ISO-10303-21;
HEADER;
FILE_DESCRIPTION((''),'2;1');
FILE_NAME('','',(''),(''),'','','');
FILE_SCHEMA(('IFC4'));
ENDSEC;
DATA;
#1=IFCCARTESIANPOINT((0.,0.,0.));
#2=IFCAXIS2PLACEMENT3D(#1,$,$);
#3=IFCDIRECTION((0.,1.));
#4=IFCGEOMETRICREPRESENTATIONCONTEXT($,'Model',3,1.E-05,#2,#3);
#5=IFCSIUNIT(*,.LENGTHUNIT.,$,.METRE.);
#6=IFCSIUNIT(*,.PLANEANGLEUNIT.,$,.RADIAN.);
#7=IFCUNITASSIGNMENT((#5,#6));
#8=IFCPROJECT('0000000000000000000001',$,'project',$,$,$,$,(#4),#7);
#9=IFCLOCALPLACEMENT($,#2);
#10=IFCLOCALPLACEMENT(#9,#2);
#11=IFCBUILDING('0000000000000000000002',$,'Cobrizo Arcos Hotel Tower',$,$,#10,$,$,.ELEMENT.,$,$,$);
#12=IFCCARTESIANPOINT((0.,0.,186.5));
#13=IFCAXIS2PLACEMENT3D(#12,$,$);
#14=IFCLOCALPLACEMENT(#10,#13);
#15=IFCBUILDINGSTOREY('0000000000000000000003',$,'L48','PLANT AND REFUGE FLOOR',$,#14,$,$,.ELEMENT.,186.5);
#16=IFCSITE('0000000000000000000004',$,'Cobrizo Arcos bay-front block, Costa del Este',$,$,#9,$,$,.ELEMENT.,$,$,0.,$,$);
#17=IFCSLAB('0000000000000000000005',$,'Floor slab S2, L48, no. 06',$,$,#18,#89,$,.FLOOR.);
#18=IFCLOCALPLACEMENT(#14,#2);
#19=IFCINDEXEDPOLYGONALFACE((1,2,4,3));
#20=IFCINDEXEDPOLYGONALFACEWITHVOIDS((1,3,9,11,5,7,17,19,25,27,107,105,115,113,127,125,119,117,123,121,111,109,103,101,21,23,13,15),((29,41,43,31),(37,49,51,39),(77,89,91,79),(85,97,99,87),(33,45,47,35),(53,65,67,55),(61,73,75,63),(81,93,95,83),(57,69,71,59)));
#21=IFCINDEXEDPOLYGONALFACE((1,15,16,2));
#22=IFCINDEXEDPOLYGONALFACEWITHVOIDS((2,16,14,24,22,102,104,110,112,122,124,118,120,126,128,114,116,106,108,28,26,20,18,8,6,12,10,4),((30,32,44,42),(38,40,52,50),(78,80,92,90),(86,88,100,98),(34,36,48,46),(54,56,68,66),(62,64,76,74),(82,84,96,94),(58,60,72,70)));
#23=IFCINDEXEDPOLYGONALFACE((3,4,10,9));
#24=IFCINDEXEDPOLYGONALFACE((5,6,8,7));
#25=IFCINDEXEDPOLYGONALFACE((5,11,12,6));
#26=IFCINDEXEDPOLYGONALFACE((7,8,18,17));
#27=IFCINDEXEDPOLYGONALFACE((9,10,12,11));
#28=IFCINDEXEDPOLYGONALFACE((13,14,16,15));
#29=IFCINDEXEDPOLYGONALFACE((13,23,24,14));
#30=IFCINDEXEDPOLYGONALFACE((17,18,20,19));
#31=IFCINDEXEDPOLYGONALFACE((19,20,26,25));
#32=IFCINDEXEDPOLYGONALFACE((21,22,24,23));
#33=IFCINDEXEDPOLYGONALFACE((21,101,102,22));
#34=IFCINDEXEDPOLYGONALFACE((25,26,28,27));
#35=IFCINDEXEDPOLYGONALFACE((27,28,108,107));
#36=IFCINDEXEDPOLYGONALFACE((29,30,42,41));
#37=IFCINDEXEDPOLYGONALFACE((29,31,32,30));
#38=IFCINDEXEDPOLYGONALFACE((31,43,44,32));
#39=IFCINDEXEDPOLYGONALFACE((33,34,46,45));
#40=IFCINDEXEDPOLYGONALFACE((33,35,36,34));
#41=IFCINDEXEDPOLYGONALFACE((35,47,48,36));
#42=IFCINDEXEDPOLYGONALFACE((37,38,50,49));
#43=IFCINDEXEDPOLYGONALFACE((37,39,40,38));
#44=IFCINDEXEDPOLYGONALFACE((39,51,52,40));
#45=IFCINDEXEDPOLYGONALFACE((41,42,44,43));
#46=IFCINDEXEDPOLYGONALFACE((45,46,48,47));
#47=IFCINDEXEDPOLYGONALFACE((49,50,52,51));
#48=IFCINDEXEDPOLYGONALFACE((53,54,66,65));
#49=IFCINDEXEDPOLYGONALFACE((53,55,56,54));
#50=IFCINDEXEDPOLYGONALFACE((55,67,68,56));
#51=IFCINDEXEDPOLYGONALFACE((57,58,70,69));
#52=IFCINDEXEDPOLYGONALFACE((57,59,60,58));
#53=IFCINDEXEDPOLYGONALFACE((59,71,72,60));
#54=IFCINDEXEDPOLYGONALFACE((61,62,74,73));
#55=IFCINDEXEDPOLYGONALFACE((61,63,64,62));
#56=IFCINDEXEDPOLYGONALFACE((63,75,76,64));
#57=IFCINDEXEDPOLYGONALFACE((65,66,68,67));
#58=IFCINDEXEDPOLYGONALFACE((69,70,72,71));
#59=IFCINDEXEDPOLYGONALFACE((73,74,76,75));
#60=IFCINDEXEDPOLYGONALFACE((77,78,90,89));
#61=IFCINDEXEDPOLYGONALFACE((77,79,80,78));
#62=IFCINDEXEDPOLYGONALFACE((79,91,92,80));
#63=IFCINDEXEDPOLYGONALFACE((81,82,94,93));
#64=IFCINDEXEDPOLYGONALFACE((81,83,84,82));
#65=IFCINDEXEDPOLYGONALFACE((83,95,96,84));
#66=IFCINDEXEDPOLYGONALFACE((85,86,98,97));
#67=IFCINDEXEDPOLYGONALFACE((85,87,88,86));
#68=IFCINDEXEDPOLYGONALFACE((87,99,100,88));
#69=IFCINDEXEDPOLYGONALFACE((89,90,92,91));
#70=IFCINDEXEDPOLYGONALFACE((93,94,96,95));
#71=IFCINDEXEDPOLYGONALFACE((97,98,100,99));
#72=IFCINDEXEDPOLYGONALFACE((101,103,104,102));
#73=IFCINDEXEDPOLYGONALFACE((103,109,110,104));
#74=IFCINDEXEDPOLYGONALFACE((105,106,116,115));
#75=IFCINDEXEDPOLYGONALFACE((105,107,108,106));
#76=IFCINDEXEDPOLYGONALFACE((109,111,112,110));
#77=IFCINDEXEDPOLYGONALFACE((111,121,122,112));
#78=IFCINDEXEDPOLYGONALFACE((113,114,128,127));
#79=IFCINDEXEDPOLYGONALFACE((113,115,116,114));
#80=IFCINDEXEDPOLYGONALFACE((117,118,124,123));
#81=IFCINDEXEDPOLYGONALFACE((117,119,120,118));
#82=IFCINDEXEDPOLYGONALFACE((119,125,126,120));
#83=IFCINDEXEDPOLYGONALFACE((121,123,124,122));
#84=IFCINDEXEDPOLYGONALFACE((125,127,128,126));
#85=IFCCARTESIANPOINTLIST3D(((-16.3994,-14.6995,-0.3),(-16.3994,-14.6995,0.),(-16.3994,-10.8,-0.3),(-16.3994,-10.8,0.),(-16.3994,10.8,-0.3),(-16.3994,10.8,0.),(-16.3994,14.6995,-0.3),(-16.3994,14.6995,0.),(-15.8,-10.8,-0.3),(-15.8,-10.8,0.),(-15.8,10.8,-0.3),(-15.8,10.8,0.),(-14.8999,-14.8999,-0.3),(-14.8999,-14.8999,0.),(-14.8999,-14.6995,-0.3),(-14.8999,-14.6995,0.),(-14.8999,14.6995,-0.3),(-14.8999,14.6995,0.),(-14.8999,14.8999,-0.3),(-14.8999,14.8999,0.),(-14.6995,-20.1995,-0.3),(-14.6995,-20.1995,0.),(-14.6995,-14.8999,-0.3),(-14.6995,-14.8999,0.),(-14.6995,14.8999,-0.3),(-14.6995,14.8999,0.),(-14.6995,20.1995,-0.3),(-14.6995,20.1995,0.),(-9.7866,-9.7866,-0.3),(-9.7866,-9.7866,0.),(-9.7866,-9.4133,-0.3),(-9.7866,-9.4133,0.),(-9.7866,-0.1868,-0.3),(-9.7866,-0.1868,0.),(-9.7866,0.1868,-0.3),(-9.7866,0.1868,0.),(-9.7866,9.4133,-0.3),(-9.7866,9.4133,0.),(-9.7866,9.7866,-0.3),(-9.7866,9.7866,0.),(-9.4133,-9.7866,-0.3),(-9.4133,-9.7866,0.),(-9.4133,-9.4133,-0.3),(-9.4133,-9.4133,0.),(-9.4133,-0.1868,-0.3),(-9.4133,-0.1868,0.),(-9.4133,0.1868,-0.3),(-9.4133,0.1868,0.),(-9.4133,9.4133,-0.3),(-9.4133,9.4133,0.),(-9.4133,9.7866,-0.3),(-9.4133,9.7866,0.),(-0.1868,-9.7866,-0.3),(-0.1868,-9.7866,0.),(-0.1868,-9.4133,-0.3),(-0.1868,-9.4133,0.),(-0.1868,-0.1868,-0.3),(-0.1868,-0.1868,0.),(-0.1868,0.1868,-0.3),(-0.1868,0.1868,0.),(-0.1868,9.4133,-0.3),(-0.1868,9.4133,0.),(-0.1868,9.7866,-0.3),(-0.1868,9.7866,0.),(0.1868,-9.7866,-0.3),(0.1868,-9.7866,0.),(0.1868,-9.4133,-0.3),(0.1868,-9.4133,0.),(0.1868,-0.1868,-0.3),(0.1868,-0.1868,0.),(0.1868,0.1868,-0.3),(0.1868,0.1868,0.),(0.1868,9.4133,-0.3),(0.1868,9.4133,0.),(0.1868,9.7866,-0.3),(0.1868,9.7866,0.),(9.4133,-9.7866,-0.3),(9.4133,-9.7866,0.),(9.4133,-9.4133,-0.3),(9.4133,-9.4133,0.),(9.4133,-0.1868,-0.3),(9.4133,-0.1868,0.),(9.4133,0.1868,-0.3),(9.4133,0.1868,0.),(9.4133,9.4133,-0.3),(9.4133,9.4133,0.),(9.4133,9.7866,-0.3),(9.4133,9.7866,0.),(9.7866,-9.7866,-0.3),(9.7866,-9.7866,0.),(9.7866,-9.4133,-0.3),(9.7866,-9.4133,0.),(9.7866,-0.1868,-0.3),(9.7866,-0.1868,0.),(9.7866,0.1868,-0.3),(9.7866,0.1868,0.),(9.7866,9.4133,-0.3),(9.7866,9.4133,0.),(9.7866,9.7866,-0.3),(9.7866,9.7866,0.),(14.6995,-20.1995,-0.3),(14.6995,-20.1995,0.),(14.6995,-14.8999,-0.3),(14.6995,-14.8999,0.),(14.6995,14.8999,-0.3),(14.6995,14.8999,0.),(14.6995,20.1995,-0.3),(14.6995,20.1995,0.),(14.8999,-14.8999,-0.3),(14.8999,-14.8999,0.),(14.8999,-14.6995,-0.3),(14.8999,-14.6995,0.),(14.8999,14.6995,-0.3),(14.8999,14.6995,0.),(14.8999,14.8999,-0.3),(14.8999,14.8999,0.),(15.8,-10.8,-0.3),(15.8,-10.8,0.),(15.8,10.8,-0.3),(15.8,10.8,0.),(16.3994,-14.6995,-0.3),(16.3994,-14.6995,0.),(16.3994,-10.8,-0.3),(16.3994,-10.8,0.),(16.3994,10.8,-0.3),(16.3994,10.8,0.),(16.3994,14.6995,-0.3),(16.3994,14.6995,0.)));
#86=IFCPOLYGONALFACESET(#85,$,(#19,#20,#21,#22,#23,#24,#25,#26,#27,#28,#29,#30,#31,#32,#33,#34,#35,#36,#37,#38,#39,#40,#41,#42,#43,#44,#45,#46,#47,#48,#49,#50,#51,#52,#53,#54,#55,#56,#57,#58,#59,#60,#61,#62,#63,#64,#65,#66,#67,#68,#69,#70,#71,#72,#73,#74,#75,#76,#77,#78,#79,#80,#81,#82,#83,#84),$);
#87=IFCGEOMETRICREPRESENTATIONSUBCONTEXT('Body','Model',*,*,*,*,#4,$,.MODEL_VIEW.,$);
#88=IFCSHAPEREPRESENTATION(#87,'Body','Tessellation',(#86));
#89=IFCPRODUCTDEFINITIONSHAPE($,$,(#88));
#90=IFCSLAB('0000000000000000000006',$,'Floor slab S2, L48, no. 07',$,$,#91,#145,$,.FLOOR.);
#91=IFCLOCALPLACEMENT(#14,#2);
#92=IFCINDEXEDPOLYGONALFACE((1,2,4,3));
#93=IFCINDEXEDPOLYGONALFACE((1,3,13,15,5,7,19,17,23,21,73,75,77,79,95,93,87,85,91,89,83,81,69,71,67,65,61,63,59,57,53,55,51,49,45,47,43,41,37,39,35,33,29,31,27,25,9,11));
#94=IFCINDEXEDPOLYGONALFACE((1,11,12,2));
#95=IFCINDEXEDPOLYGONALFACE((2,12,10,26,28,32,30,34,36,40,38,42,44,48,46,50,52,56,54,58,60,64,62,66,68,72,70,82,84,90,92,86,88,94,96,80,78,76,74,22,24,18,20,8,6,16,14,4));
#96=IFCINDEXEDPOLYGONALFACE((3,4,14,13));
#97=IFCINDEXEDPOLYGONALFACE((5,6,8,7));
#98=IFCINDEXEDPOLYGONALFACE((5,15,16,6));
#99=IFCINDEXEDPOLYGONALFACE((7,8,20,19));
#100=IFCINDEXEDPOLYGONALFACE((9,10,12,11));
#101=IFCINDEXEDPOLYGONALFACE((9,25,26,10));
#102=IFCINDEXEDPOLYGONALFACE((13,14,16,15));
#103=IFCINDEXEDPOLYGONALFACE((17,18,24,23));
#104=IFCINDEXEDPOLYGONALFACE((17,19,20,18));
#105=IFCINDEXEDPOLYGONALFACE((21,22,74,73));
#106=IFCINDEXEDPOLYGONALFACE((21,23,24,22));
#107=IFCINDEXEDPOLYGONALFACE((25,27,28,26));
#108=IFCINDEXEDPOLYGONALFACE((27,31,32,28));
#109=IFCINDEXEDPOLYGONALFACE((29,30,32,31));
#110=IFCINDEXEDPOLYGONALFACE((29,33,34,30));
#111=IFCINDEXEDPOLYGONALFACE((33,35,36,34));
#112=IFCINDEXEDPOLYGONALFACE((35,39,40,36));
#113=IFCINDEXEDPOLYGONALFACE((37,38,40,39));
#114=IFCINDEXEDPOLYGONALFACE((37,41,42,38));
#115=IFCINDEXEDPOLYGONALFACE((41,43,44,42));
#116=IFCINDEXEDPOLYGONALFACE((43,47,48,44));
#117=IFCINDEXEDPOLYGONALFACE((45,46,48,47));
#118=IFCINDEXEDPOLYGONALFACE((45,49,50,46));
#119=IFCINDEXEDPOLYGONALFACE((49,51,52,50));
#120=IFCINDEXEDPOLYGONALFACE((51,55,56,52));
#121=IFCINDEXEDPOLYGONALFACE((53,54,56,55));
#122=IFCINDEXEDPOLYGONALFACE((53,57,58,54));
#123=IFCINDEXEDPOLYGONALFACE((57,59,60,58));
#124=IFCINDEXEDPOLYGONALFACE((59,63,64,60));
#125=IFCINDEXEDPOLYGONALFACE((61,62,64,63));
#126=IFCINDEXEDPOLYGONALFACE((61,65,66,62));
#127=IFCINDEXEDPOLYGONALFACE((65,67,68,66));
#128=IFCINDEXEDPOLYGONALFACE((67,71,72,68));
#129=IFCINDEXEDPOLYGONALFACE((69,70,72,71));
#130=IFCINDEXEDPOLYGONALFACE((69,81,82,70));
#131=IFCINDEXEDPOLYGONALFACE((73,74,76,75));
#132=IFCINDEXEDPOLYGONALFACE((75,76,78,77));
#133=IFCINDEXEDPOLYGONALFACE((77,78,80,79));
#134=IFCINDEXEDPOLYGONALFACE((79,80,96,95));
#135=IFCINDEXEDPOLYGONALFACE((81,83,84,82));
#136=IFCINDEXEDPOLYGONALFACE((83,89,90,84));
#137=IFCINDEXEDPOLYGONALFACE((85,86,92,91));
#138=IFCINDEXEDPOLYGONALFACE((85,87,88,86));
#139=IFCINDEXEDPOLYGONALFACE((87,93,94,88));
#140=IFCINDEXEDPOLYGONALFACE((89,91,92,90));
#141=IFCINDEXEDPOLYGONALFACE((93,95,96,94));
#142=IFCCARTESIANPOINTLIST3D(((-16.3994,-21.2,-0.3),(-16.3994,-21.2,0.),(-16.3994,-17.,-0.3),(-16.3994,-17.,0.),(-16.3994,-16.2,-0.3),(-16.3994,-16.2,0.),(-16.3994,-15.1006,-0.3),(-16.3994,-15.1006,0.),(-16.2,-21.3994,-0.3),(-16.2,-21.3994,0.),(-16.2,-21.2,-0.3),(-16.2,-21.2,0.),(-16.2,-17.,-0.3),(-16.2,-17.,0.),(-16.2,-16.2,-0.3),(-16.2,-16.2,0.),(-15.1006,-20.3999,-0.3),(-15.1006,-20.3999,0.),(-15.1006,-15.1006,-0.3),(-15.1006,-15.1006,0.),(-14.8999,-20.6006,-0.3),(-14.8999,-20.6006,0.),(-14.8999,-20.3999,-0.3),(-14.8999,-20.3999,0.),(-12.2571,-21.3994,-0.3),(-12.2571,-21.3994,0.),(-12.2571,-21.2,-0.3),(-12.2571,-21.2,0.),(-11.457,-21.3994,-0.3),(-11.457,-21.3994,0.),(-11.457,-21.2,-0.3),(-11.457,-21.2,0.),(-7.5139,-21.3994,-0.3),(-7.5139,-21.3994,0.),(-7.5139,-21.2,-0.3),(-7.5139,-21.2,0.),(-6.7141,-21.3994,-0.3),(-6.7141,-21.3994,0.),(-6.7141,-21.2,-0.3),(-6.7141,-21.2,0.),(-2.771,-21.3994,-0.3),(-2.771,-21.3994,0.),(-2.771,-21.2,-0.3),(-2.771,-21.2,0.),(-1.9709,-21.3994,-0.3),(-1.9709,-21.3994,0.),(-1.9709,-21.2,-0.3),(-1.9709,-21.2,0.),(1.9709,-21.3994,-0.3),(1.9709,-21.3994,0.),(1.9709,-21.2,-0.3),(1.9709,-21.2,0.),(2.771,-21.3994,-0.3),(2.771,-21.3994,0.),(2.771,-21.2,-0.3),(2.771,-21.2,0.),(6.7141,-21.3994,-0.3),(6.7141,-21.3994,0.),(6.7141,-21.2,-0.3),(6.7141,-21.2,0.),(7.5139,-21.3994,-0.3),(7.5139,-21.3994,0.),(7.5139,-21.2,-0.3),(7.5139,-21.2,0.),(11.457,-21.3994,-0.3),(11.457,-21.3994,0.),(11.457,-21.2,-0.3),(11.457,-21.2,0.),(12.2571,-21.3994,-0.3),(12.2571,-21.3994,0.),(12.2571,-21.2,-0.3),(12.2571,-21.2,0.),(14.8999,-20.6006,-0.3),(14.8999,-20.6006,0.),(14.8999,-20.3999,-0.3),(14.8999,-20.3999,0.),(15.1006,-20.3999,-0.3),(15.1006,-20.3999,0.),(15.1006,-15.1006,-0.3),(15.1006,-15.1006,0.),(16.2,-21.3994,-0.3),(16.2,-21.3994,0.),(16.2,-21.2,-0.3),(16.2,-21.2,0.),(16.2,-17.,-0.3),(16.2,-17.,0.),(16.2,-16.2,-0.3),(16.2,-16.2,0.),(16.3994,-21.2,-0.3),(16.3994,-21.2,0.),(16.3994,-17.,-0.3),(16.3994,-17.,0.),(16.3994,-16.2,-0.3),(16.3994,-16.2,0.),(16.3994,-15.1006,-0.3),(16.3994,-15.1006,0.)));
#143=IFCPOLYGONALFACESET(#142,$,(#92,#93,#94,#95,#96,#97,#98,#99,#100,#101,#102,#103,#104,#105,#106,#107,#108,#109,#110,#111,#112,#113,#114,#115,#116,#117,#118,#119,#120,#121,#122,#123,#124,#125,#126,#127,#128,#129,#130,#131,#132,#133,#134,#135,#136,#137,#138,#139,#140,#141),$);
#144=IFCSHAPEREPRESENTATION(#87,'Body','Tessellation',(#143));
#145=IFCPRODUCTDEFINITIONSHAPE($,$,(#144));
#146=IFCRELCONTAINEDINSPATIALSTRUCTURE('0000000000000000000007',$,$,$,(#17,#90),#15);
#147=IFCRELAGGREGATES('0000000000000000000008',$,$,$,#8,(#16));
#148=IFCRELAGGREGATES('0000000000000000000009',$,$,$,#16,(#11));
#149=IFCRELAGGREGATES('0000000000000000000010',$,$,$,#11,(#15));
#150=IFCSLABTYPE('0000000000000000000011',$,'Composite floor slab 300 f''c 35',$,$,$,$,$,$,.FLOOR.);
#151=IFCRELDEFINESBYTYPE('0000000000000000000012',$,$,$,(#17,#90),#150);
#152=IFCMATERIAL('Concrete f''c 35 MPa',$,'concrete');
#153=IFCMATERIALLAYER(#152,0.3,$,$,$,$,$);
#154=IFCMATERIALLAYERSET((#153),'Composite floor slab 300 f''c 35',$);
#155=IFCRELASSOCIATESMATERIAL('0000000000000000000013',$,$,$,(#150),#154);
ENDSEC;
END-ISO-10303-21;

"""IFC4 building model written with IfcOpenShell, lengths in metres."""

from ifc_helpers import new_model, si_unit, direction, frame, origin, place, context, subcontext, project, spatial, polyline, outline, extrude, material, layer, layer_set, type_object, element, save


model = new_model("IFC4")

# Units and contexts
model_context = context("Model", 3, precision=1e-05, world=origin(), true_north=direction((0.0, 1.0)))
body_context = subcontext(model_context, "Body", "Model", "MODEL_VIEW")
ifc_project = project(units=[si_unit("LENGTHUNIT", "METRE"), si_unit("PLANEANGLEUNIT", "RADIAN")], contexts=[model_context])

# Site, building, storey
site_placement = place(None, origin())
site = spatial("IfcSite", under=ifc_project, at=site_placement, Name="Cobrizo Arcos bay-front block, Costa del Este", CompositionType="ELEMENT", RefElevation=0.0)
building_placement = place(site_placement, origin())
building = spatial("IfcBuilding", under=site, at=building_placement, Name="Cobrizo Arcos Hotel Tower", CompositionType="ELEMENT")
storey_placement = place(building_placement, frame((0.0, 0.0, 186.5)))
storey = spatial("IfcBuildingStorey", under=building, at=storey_placement, Name="L48", Description="PLANT AND REFUGE FLOOR", CompositionType="ELEMENT", Elevation=186.5)

# Slabs
ifc_material_1 = material(Name="Concrete f'c 35 MPa", Category="concrete")
ifc_layer_1 = layer(ifc_material_1, 0.3)
ifc_layer_set_1 = layer_set([ifc_layer_1], Name="Composite floor slab 300 f'c 35")
slab_type_1 = type_object("IfcSlabType", Name="Composite floor slab 300 f'c 35", PredefinedType="FLOOR", material=ifc_layer_set_1)
slab_1_placement = place(storey_placement, frame((0.0, 0.0, -0.3)))
element("IfcSlab", 1, at=slab_1_placement, inside=storey, type_object=slab_type_1, Name="Floor slab S2, L48, no. 06", PredefinedType="FLOOR", context=body_context, shape_type="SweptSolid", body=[
    extrude(outline(polyline([(-14.6995, 20.1995), (14.6995, 20.1995), (14.6995, 14.8999), (14.8999, 14.8999), (14.8999, 14.6995), (16.3994, 14.6995), (16.3994, 10.8), (15.8, 10.8), (15.8, -10.8), (16.3994, -10.8), (16.3994, -14.6995), (14.8999, -14.6995), (14.8999, -14.8999), (14.6995, -14.8999), (14.6995, -20.1995), (-14.6995, -20.1995), (-14.6995, -14.8999), (-14.8999, -14.8999), (-14.8999, -14.6995), (-16.3994, -14.6995), (-16.3994, -10.8), (-15.8, -10.8), (-15.8, 10.8), (-16.3994, 10.8), (-16.3994, 14.6995), (-14.8999, 14.6995), (-14.8999, 14.8999), (-14.6995, 14.8999), (-14.6995, 20.1995)]), holes=[polyline([(-9.7866, -9.7866), (-9.4133, -9.7866), (-9.4133, -9.4133), (-9.7866, -9.4133), (-9.7866, -9.7866)]), polyline([(9.4133, -9.7866), (9.7866, -9.7866), (9.7866, -9.4133), (9.4133, -9.4133), (9.4133, -9.7866)]), polyline([(-0.1868, -9.4133), (-0.1868, -9.7866), (0.1868, -9.7866), (0.1868, -9.4133), (-0.1868, -9.4133)]), polyline([(-0.1868, 0.1868), (-0.1868, -0.1868), (0.1868, -0.1868), (0.1868, 0.1868), (-0.1868, 0.1868)]), polyline([(-9.7866, -0.1868), (-9.4133, -0.1868), (-9.4133, 0.1868), (-9.7866, 0.1868), (-9.7866, -0.1868)]), polyline([(9.4133, -0.1868), (9.7866, -0.1868), (9.7866, 0.1868), (9.4133, 0.1868), (9.4133, -0.1868)]), polyline([(-0.1868, 9.4133), (0.1868, 9.4133), (0.1868, 9.7866), (-0.1868, 9.7866), (-0.1868, 9.4133)]), polyline([(-9.7866, 9.4133), (-9.4133, 9.4133), (-9.4133, 9.7866), (-9.7866, 9.7866), (-9.7866, 9.4133)]), polyline([(9.4133, 9.4133), (9.7866, 9.4133), (9.7866, 9.7866), (9.4133, 9.7866), (9.4133, 9.4133)])]), origin(), (0.0, 0.0, 1.0), 0.3),
])
slab_2_placement = place(storey_placement, frame((0.0, 0.0, -0.3)))
element("IfcSlab", 2, at=slab_2_placement, inside=storey, type_object=slab_type_1, Name="Floor slab S2, L48, no. 07", PredefinedType="FLOOR", context=body_context, shape_type="SweptSolid", body=[
    extrude(outline(polyline([(14.8999, -20.3999), (15.1006, -20.3999), (15.1006, -15.1006), (16.3994, -15.1006), (16.3994, -16.2), (16.2, -16.2), (16.2, -17.0), (16.3994, -17.0), (16.3994, -21.2), (16.2, -21.2), (16.2, -21.3994), (12.2571, -21.3994), (12.2571, -21.2), (11.457, -21.2), (11.457, -21.3994), (7.5139, -21.3994), (7.5139, -21.2), (6.7141, -21.2), (6.7141, -21.3994), (2.771, -21.3994), (2.771, -21.2), (1.9709, -21.2), (1.9709, -21.3994), (-1.9709, -21.3994), (-1.9709, -21.2), (-2.771, -21.2), (-2.771, -21.3994), (-6.7141, -21.3994), (-6.7141, -21.2), (-7.5139, -21.2), (-7.5139, -21.3994), (-11.457, -21.3994), (-11.457, -21.2), (-12.2571, -21.2), (-12.2571, -21.3994), (-16.2, -21.3994), (-16.2, -21.2), (-16.3994, -21.2), (-16.3994, -17.0), (-16.2, -17.0), (-16.2, -16.2), (-16.3994, -16.2), (-16.3994, -15.1006), (-15.1006, -15.1006), (-15.1006, -20.3999), (-14.8999, -20.3999), (-14.8999, -20.6006), (14.8999, -20.6006), (14.8999, -20.3999)])), origin(), (0.0, 0.0, 1.0), 0.3),
])

save(model, "model.ifc")
